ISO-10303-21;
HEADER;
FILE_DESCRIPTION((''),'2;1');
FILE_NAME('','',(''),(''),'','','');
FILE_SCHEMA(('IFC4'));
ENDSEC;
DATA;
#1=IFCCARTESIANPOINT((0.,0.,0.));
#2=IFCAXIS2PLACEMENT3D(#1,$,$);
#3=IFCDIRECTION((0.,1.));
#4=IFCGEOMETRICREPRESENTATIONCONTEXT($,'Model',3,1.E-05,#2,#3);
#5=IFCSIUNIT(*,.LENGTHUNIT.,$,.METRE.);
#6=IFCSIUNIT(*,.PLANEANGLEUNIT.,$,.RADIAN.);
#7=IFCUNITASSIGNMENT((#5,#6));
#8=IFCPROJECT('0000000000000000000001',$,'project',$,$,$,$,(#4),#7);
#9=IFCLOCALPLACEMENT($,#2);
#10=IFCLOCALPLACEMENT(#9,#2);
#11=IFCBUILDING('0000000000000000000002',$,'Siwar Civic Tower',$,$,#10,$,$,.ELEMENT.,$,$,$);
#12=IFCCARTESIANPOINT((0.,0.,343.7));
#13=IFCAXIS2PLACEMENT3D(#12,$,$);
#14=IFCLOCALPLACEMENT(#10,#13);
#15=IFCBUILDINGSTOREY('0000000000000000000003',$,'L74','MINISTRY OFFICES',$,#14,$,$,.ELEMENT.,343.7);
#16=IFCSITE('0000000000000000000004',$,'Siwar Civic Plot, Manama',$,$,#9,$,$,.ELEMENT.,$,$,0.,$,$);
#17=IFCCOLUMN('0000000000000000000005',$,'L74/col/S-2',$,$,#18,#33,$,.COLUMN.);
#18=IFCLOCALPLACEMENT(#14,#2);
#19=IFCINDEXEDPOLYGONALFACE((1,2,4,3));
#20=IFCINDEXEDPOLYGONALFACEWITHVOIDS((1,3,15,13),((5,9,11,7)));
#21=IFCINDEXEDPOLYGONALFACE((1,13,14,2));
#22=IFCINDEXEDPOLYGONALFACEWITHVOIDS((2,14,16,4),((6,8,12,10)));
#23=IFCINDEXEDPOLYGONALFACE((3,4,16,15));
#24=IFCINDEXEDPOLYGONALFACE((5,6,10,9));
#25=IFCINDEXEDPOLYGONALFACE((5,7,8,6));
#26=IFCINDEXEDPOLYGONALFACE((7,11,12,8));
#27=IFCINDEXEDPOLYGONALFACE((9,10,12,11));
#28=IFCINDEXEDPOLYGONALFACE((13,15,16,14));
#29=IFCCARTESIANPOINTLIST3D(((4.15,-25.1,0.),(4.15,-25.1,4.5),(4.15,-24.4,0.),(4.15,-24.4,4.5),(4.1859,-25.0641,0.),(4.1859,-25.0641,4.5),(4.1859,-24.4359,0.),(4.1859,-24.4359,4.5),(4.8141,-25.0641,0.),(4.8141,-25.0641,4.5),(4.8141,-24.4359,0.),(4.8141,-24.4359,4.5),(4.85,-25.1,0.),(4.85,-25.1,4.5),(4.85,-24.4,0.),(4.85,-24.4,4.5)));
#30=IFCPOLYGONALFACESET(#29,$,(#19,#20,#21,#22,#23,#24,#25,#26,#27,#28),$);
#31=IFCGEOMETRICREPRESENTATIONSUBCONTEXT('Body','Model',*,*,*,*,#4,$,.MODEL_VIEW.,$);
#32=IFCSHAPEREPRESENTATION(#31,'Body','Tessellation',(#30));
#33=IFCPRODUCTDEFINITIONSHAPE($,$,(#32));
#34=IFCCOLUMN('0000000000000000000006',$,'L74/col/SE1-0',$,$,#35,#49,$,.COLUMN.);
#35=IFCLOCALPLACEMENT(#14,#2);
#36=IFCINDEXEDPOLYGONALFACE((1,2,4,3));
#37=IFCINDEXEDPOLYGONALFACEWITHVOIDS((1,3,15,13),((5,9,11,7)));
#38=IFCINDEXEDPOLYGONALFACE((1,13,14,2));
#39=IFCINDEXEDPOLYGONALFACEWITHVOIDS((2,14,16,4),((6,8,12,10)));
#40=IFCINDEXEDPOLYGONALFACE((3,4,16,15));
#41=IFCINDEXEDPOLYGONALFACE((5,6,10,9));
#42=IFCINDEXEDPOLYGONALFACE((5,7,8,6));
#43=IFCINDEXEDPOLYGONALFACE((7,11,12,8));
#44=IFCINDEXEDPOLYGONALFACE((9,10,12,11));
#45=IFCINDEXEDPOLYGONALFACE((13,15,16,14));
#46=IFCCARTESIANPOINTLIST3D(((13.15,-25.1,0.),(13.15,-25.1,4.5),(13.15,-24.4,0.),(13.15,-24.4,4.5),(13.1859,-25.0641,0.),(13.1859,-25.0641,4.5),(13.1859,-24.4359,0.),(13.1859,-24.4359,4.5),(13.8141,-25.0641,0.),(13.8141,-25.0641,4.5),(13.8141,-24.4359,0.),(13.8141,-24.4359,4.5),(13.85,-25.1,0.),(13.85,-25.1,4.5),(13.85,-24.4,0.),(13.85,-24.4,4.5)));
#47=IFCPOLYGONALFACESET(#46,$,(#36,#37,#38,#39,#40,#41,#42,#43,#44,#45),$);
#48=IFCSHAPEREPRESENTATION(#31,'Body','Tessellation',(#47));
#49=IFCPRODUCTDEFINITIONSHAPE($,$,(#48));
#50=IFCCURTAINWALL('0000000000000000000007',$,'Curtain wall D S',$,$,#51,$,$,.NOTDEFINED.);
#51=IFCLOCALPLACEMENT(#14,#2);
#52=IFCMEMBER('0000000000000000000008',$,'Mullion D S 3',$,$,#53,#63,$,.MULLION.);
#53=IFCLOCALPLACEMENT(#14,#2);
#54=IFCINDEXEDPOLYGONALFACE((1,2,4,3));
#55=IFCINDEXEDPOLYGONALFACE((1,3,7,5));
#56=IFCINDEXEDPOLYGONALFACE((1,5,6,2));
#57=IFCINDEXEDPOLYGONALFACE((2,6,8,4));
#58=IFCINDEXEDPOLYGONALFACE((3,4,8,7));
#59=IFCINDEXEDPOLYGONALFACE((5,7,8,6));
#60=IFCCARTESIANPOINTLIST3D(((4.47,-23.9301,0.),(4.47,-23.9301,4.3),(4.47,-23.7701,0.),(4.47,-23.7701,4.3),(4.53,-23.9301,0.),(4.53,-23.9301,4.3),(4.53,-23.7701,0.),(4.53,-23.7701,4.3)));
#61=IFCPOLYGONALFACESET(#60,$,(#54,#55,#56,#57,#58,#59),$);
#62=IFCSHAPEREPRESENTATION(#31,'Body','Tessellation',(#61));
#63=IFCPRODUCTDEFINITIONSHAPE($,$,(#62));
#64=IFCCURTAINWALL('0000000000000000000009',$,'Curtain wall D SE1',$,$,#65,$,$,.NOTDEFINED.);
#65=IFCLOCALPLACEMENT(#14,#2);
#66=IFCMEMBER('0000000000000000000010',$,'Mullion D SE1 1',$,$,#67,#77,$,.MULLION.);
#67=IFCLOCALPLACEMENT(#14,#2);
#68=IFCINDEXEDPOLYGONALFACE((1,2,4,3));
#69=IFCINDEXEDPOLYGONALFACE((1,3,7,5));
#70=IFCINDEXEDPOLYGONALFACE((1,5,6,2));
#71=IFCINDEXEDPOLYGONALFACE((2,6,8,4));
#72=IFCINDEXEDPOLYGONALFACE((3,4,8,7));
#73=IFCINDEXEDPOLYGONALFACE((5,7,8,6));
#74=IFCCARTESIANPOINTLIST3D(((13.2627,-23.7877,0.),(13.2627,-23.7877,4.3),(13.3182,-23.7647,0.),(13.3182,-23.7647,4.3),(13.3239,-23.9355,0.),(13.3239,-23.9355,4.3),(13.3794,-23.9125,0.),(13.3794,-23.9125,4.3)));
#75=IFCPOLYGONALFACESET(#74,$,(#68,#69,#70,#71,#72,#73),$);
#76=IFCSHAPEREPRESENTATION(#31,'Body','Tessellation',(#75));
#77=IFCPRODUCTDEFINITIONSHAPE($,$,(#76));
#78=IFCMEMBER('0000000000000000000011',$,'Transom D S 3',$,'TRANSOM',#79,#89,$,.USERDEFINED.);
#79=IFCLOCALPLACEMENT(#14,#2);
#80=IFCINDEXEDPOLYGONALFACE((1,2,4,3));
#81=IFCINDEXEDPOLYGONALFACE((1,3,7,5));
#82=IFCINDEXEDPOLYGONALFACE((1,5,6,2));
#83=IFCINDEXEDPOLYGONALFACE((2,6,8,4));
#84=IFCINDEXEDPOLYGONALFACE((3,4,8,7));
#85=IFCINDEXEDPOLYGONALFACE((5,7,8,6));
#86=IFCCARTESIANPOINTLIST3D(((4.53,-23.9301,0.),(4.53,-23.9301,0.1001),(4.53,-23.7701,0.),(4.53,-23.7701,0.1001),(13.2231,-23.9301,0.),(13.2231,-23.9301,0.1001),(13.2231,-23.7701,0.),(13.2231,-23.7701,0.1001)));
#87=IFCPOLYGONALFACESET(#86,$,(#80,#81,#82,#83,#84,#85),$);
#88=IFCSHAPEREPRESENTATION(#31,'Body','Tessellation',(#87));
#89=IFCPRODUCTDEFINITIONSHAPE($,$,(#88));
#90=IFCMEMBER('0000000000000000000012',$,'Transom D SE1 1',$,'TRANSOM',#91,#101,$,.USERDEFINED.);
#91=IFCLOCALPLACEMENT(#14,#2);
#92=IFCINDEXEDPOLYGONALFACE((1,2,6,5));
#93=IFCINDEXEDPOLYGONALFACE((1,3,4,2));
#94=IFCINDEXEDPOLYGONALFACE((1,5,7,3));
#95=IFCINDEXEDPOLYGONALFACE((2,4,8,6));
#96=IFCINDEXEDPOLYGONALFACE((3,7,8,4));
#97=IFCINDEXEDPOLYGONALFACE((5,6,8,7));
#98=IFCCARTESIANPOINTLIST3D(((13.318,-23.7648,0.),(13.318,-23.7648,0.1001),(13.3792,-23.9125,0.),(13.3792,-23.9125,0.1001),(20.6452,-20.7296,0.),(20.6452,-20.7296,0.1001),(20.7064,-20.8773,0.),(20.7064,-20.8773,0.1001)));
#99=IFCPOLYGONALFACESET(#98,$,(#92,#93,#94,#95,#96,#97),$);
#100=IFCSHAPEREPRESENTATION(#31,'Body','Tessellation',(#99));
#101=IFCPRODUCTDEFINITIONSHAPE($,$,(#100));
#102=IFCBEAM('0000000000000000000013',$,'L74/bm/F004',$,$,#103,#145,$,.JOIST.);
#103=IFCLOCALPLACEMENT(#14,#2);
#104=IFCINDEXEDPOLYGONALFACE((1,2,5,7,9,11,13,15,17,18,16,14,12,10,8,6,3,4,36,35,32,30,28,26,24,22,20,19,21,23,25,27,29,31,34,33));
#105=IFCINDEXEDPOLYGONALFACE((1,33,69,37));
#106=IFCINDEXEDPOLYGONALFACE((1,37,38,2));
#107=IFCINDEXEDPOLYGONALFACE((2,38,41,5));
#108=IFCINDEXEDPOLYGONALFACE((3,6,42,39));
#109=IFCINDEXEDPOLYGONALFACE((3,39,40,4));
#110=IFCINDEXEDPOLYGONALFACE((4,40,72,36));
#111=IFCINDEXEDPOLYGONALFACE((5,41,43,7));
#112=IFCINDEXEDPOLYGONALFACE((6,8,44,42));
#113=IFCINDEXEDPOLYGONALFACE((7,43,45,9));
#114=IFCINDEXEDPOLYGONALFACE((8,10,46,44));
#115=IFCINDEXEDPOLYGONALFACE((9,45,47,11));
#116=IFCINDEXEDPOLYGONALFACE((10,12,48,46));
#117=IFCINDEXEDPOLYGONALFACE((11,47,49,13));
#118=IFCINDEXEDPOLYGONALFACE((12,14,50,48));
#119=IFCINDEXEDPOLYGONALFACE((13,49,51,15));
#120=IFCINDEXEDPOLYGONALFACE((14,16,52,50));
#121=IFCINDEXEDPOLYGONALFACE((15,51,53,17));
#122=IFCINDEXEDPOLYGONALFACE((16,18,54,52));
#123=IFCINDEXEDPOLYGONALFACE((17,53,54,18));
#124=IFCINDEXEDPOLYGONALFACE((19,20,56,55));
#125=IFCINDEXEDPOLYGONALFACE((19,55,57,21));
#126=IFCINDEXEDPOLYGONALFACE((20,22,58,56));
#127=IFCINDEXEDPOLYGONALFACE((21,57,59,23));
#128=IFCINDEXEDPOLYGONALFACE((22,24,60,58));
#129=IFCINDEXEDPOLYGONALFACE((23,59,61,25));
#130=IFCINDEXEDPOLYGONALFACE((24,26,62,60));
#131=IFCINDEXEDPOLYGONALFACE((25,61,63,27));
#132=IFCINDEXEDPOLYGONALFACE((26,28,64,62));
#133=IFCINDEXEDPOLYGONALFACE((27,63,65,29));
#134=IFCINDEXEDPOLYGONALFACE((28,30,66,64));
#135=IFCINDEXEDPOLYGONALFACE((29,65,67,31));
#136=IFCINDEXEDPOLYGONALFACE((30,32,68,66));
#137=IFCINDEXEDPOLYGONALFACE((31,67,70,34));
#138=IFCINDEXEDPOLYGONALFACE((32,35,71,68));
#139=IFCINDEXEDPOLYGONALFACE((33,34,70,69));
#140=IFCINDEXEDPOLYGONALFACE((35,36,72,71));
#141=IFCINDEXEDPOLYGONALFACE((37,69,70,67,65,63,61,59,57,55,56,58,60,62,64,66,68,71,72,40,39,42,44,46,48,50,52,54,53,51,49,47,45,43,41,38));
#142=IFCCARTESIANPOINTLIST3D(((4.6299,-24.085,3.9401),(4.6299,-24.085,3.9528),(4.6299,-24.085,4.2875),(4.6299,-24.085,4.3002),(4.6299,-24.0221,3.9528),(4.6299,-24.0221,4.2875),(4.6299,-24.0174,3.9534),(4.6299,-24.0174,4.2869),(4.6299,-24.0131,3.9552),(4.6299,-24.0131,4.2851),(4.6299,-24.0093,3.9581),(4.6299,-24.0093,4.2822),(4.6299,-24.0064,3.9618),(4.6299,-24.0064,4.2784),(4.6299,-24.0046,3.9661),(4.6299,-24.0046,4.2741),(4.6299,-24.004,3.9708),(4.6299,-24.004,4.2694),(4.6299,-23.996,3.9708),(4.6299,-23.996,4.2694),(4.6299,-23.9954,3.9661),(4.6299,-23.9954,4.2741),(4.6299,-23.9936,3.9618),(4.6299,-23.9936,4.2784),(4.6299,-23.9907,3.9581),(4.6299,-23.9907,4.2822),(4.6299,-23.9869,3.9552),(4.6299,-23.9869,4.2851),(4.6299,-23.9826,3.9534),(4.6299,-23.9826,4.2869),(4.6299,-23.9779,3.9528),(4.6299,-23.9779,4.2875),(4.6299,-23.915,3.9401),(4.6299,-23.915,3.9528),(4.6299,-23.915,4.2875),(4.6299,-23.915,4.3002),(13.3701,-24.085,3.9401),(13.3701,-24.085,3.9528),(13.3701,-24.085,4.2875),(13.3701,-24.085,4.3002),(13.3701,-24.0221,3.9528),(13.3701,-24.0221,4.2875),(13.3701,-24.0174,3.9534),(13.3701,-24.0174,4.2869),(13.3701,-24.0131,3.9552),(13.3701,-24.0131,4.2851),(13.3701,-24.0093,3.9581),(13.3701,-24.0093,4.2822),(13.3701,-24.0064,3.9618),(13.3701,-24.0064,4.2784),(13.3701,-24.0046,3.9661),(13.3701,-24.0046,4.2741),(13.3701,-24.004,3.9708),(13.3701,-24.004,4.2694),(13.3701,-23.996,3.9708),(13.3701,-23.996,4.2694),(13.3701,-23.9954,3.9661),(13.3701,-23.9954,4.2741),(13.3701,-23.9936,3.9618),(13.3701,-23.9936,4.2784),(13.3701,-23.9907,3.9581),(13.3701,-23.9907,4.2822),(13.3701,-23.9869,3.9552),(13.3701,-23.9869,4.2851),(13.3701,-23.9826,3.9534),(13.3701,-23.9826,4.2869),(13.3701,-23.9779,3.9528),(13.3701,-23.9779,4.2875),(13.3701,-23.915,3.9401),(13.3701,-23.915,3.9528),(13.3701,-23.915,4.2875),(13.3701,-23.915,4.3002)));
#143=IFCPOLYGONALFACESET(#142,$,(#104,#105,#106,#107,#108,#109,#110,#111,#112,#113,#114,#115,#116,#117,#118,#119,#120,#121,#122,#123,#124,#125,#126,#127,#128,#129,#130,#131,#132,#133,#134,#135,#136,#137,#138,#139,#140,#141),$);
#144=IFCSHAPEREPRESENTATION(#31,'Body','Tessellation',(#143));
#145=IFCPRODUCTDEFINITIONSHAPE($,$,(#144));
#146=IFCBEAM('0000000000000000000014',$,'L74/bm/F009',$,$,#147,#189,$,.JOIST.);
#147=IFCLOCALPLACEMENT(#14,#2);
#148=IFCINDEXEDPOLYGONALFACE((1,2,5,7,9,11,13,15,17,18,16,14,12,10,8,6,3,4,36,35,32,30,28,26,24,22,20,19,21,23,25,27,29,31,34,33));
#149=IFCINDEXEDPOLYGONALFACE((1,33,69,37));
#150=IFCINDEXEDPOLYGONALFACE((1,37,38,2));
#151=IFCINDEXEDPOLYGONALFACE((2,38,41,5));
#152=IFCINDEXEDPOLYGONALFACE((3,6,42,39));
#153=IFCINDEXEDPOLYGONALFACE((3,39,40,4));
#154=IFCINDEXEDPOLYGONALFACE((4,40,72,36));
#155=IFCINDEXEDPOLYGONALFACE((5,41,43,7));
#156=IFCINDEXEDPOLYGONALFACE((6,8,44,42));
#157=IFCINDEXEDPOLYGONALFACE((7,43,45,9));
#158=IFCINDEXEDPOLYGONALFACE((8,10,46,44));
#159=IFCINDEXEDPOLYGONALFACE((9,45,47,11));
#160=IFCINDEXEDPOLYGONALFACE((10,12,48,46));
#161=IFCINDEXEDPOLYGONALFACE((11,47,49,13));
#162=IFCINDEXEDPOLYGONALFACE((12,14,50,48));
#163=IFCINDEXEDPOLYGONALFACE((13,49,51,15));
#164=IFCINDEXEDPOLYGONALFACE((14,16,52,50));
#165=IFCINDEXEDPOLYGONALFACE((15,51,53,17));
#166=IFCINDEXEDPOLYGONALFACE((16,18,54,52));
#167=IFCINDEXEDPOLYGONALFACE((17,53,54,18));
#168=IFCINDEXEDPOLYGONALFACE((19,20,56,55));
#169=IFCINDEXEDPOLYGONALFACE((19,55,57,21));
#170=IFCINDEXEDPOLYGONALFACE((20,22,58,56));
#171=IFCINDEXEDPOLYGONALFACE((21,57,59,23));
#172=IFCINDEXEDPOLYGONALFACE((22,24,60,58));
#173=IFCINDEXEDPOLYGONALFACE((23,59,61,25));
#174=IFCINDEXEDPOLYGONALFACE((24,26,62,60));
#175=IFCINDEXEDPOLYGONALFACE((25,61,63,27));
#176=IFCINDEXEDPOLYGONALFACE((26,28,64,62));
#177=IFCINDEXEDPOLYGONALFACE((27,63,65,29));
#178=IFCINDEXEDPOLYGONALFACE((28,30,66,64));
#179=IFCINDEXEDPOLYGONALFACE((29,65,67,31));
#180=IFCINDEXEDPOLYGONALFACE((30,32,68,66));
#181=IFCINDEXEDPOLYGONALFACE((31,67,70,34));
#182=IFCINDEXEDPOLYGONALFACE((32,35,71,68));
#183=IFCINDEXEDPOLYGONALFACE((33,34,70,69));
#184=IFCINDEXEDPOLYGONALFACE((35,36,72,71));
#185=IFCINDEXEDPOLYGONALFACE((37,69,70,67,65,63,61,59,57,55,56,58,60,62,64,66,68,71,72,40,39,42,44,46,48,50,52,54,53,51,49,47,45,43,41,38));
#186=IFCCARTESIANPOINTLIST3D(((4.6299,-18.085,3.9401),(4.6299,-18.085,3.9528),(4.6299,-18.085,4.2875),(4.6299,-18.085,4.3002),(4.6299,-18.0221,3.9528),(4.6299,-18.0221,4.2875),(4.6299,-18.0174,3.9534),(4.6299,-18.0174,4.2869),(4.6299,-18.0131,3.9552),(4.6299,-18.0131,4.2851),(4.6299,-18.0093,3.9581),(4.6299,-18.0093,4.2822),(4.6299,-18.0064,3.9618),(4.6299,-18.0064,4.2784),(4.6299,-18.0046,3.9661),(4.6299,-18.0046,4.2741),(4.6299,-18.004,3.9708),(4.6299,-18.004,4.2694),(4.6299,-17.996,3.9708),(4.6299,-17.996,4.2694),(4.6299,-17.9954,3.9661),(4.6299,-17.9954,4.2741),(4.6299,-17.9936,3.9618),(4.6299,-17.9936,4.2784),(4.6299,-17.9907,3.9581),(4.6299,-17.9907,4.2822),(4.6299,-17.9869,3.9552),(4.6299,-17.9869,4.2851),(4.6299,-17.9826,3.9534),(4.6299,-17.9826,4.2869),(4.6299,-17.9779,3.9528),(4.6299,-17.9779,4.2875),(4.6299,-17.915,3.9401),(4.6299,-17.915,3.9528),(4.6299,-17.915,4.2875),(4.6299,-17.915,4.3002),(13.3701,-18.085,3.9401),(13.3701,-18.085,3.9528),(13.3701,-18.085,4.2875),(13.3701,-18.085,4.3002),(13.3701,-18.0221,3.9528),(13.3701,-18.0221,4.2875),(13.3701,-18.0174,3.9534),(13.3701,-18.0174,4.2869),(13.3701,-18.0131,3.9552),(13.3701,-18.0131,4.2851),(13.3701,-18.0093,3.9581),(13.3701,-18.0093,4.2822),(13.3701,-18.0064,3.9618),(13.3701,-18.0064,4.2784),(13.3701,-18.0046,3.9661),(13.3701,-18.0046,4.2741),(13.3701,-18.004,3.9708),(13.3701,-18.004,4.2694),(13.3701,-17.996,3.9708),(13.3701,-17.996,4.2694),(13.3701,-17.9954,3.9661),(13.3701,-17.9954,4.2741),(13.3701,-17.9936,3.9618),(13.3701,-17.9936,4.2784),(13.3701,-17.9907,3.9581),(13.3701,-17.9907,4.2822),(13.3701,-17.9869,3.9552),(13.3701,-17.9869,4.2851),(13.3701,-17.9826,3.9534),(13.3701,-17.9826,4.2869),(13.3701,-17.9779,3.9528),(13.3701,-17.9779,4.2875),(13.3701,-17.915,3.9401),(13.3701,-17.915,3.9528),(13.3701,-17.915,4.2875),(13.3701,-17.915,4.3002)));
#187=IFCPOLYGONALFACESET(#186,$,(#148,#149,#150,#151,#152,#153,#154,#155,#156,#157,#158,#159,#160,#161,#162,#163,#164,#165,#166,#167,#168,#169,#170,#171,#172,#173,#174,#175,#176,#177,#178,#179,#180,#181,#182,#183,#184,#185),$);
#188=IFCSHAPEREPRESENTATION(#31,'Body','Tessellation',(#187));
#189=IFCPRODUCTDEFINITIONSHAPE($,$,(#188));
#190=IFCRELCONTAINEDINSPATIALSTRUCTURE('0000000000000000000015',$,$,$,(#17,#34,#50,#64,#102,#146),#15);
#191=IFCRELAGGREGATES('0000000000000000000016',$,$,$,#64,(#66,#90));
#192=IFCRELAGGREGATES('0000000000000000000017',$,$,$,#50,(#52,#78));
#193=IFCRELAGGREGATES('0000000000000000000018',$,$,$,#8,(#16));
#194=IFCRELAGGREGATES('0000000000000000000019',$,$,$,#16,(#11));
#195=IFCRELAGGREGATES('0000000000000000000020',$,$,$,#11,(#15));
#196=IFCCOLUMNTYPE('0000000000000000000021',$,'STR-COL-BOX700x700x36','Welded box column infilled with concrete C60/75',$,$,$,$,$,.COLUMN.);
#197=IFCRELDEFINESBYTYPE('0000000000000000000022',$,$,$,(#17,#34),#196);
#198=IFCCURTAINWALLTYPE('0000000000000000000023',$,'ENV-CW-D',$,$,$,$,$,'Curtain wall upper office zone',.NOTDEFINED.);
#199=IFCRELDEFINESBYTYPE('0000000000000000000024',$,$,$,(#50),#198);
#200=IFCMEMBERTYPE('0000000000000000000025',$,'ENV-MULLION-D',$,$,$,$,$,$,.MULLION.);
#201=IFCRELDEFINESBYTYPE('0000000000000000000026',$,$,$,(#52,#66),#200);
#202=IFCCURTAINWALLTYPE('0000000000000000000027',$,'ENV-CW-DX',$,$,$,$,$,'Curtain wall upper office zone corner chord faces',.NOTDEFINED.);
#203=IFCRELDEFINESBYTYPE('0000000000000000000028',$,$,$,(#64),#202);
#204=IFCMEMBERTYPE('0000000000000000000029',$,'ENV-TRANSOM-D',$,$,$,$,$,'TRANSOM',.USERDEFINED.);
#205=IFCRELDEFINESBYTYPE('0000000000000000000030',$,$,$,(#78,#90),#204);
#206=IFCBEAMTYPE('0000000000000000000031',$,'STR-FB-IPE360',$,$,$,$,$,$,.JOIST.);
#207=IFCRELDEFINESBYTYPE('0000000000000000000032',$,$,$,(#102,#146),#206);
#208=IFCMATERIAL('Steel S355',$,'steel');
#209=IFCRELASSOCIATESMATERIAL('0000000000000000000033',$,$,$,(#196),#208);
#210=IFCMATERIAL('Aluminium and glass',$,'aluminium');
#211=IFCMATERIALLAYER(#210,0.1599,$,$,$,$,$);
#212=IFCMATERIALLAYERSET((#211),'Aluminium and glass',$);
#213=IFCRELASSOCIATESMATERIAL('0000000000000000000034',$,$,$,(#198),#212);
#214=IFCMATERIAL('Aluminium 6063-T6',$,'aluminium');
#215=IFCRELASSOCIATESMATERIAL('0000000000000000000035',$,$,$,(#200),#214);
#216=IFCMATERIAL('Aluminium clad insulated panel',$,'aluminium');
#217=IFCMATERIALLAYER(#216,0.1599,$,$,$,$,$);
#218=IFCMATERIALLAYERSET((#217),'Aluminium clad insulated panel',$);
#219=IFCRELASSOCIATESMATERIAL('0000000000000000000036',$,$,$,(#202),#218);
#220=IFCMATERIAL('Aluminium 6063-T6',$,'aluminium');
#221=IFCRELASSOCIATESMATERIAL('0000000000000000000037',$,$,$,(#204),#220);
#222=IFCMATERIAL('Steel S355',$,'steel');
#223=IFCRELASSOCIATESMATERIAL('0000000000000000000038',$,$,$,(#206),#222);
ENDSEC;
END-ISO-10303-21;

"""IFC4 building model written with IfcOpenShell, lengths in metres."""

from ifc_helpers import new_model, si_unit, direction, frame, origin, origin_2d, place, context, subcontext, project, spatial, rectangle, hollow_rectangle, i_section, extrude, material, layer, layer_set, material_profile, profile_set, type_object, element, aggregate, save


model = new_model("IFC4")

# Units and contexts
model_context = context("Model", 3, precision=1e-05, world=origin(), true_north=direction((0.0, 1.0)))
body_context = subcontext(model_context, "Body", "Model", "MODEL_VIEW")
ifc_project = project(units=[si_unit("LENGTHUNIT", "METRE"), si_unit("PLANEANGLEUNIT", "RADIAN")], contexts=[model_context])

# Site, building, storey
site_placement = place(None, origin())
site = spatial("IfcSite", under=ifc_project, at=site_placement, Name="Siwar Civic Plot, Manama", CompositionType="ELEMENT", RefElevation=0.0)
building_placement = place(site_placement, origin())
building = spatial("IfcBuilding", under=site, at=building_placement, Name="Siwar Civic Tower", CompositionType="ELEMENT")
storey_placement = place(building_placement, frame((0.0, 0.0, 343.7)))
storey = spatial("IfcBuildingStorey", under=building, at=storey_placement, Name="L74", Description="MINISTRY OFFICES", CompositionType="ELEMENT", Elevation=343.7)

# Columns
ifc_material_1 = material(Name="Steel S355", Category="steel")
ifc_material_profile_1 = material_profile(ifc_material_1, hollow_rectangle(XDim=0.7, YDim=0.7, WallThickness=0.0359, at=origin_2d()), Name="BOX700x700x36")
ifc_profile_set_1 = profile_set([ifc_material_profile_1], Name="Steel S355")
column_type = type_object("IfcColumnType", Name="STR-COL-BOX700x700x36", Description="Welded box column infilled with concrete C60/75", PredefinedType="COLUMN", material=ifc_profile_set_1)
for number, where, z_axis, x_axis, name in (
    (1, (4.5, -24.75, 0.0), (0.0, 0.0, 1.0), (1.0, 0.0, 0.0), "L74/col/S-2"),
    (2, (13.5, -24.75, 0.0), (0.0, 0.0, 1.0), (1.0, 0.0, 0.0), "L74/col/SE1-0"),
):
    element("IfcColumn", number, at=place(storey_placement, frame(where, z_axis=z_axis, x_axis=x_axis)), inside=storey, type_object=column_type, Name=name, PredefinedType="COLUMN", context=body_context, shape_type="SweptSolid", body=[
        extrude(hollow_rectangle(XDim=0.7, YDim=0.7, WallThickness=0.0359, at=origin_2d()), origin(), (0.0, 0.0, 1.0), 4.5),
    ])

# Curtain walls, members
ifc_material_2 = material(Name="Aluminium and glass", Category="aluminium")
ifc_layer_1 = layer(ifc_material_2, 0.1599)
ifc_layer_set_1 = layer_set([ifc_layer_1], Name="Aluminium and glass")
curtain_wall_type_1 = type_object("IfcCurtainWallType", Name="ENV-CW-D", ElementType="Curtain wall upper office zone", PredefinedType="NOTDEFINED", material=ifc_layer_set_1)
curtain_wall_1_placement = place(storey_placement, origin())
curtain_wall_1 = element("IfcCurtainWall", 3, at=curtain_wall_1_placement, inside=storey, type_object=curtain_wall_type_1, Name="Curtain wall D S", PredefinedType="NOTDEFINED")
ifc_material_3 = material(Name="Aluminium 6063-T6", Category="aluminium")
ifc_material_profile_2 = material_profile(ifc_material_3, rectangle(XDim=0.1599, YDim=0.0601, at=origin_2d()), Name="AL 160x60")
ifc_profile_set_2 = profile_set([ifc_material_profile_2], Name="Aluminium 6063-T6")
member_type_1 = type_object("IfcMemberType", Name="ENV-MULLION-D", PredefinedType="MULLION", material=ifc_profile_set_2)
member_1_placement = place(storey_placement, frame((4.5, -23.8501, 0.0), z_axis=(0.0, 0.0, 1.0), x_axis=(0.0, 1.0, 0.0)))
member_1 = element("IfcMember", 4, at=member_1_placement, type_object=member_type_1, Name="Mullion D S 3", PredefinedType="MULLION", context=body_context, shape_type="SweptSolid", body=[
    extrude(rectangle(XDim=0.1599, YDim=0.0601, at=origin_2d()), origin(), (0.0, 0.0, 1.0), 4.3),
])
ifc_material_4 = material(Name="Aluminium clad insulated panel", Category="aluminium")
ifc_layer_2 = layer(ifc_material_4, 0.1599)
ifc_layer_set_2 = layer_set([ifc_layer_2], Name="Aluminium clad insulated panel")
curtain_wall_type_2 = type_object("IfcCurtainWallType", Name="ENV-CW-DX", ElementType="Curtain wall upper office zone corner chord faces", PredefinedType="NOTDEFINED", material=ifc_layer_set_2)
curtain_wall_2_placement = place(storey_placement, origin())
curtain_wall_2 = element("IfcCurtainWall", 5, at=curtain_wall_2_placement, inside=storey, type_object=curtain_wall_type_2, Name="Curtain wall D SE1", PredefinedType="NOTDEFINED")
member_2_placement = place(storey_placement, frame((13.321, -23.8501, 0.0), z_axis=(0.0, 0.0, 1.0), x_axis=(-0.382683, 0.92388, 0.0)))
member_2 = element("IfcMember", 6, at=member_2_placement, type_object=member_type_1, Name="Mullion D SE1 1", PredefinedType="MULLION", context=body_context, shape_type="SweptSolid", body=[
    extrude(rectangle(XDim=0.1599, YDim=0.0601, at=origin_2d()), origin(), (0.0, 0.0, 1.0), 4.3),
])

# Members
ifc_material_5 = material(Name="Aluminium 6063-T6", Category="aluminium")
ifc_material_profile_3 = material_profile(ifc_material_5, rectangle(XDim=0.1599, YDim=0.1001, at=origin_2d()), Name="AL 160x100")
ifc_profile_set_3 = profile_set([ifc_material_profile_3], Name="Aluminium 6063-T6")
member_type_2 = type_object("IfcMemberType", Name="ENV-TRANSOM-D", ElementType="TRANSOM", PredefinedType="USERDEFINED", material=ifc_profile_set_3)
member_3_placement = place(storey_placement, frame((4.53, -23.8501, 0.05), z_axis=(1.0, 0.0, 0.0), x_axis=(0.0, 1.0, 0.0)))
member_3 = element("IfcMember", 7, at=member_3_placement, type_object=member_type_2, Name="Transom D S 3", ObjectType="TRANSOM", PredefinedType="USERDEFINED", context=body_context, shape_type="SweptSolid", body=[
    extrude(rectangle(XDim=0.1599, YDim=0.1001, at=origin_2d()), origin(), (0.0, 0.0, 1.0), 8.6931),
])
member_4_placement = place(storey_placement, frame((13.3486, -23.8386, 0.05), z_axis=(0.923873, 0.3827, 0.0), x_axis=(-0.3827, 0.923873, 0.0)))
member_4 = element("IfcMember", 8, at=member_4_placement, type_object=member_type_2, Name="Transom D SE1 1", ObjectType="TRANSOM", PredefinedType="USERDEFINED", context=body_context, shape_type="SweptSolid", body=[
    extrude(rectangle(XDim=0.1599, YDim=0.1001, at=origin_2d()), origin(), (0.0, 0.0, 1.0), 7.9309),
])
aggregate(curtain_wall_2, [member_2, member_4])

# Beams
ifc_material_6 = material(Name="Steel S355", Category="steel")
ifc_material_profile_4 = material_profile(ifc_material_6, i_section(OverallWidth=0.1699, OverallDepth=0.3601, WebThickness=0.0081, FlangeThickness=0.0127, FilletRadius=0.0181, at=origin_2d()), Name="IPE360")
ifc_profile_set_4 = profile_set([ifc_material_profile_4], Name="Steel S355")
beam_type_1 = type_object("IfcBeamType", Name="STR-FB-IPE360", PredefinedType="JOIST", material=ifc_profile_set_4)
for number, where, z_axis, x_axis, name in (
    (9, (4.6299, -24.0, 4.1201), (1.0, 0.0, 0.0), (0.0, 1.0, 0.0), "L74/bm/F004"),
    (10, (4.6299, -18.0, 4.1201), (1.0, 0.0, 0.0), (0.0, 1.0, 0.0), "L74/bm/F009"),
):
    element("IfcBeam", number, at=place(storey_placement, frame(where, z_axis=z_axis, x_axis=x_axis)), inside=storey, type_object=beam_type_1, Name=name, PredefinedType="JOIST", context=body_context, shape_type="SweptSolid", body=[
        extrude(i_section(OverallWidth=0.1699, OverallDepth=0.3601, WebThickness=0.0081, FlangeThickness=0.0127, FilletRadius=0.0181, at=origin_2d()), origin(), (0.0, 0.0, 1.0), 8.7402),
    ])

aggregate(curtain_wall_1, [member_1, member_3])

save(model, "model.ifc")
